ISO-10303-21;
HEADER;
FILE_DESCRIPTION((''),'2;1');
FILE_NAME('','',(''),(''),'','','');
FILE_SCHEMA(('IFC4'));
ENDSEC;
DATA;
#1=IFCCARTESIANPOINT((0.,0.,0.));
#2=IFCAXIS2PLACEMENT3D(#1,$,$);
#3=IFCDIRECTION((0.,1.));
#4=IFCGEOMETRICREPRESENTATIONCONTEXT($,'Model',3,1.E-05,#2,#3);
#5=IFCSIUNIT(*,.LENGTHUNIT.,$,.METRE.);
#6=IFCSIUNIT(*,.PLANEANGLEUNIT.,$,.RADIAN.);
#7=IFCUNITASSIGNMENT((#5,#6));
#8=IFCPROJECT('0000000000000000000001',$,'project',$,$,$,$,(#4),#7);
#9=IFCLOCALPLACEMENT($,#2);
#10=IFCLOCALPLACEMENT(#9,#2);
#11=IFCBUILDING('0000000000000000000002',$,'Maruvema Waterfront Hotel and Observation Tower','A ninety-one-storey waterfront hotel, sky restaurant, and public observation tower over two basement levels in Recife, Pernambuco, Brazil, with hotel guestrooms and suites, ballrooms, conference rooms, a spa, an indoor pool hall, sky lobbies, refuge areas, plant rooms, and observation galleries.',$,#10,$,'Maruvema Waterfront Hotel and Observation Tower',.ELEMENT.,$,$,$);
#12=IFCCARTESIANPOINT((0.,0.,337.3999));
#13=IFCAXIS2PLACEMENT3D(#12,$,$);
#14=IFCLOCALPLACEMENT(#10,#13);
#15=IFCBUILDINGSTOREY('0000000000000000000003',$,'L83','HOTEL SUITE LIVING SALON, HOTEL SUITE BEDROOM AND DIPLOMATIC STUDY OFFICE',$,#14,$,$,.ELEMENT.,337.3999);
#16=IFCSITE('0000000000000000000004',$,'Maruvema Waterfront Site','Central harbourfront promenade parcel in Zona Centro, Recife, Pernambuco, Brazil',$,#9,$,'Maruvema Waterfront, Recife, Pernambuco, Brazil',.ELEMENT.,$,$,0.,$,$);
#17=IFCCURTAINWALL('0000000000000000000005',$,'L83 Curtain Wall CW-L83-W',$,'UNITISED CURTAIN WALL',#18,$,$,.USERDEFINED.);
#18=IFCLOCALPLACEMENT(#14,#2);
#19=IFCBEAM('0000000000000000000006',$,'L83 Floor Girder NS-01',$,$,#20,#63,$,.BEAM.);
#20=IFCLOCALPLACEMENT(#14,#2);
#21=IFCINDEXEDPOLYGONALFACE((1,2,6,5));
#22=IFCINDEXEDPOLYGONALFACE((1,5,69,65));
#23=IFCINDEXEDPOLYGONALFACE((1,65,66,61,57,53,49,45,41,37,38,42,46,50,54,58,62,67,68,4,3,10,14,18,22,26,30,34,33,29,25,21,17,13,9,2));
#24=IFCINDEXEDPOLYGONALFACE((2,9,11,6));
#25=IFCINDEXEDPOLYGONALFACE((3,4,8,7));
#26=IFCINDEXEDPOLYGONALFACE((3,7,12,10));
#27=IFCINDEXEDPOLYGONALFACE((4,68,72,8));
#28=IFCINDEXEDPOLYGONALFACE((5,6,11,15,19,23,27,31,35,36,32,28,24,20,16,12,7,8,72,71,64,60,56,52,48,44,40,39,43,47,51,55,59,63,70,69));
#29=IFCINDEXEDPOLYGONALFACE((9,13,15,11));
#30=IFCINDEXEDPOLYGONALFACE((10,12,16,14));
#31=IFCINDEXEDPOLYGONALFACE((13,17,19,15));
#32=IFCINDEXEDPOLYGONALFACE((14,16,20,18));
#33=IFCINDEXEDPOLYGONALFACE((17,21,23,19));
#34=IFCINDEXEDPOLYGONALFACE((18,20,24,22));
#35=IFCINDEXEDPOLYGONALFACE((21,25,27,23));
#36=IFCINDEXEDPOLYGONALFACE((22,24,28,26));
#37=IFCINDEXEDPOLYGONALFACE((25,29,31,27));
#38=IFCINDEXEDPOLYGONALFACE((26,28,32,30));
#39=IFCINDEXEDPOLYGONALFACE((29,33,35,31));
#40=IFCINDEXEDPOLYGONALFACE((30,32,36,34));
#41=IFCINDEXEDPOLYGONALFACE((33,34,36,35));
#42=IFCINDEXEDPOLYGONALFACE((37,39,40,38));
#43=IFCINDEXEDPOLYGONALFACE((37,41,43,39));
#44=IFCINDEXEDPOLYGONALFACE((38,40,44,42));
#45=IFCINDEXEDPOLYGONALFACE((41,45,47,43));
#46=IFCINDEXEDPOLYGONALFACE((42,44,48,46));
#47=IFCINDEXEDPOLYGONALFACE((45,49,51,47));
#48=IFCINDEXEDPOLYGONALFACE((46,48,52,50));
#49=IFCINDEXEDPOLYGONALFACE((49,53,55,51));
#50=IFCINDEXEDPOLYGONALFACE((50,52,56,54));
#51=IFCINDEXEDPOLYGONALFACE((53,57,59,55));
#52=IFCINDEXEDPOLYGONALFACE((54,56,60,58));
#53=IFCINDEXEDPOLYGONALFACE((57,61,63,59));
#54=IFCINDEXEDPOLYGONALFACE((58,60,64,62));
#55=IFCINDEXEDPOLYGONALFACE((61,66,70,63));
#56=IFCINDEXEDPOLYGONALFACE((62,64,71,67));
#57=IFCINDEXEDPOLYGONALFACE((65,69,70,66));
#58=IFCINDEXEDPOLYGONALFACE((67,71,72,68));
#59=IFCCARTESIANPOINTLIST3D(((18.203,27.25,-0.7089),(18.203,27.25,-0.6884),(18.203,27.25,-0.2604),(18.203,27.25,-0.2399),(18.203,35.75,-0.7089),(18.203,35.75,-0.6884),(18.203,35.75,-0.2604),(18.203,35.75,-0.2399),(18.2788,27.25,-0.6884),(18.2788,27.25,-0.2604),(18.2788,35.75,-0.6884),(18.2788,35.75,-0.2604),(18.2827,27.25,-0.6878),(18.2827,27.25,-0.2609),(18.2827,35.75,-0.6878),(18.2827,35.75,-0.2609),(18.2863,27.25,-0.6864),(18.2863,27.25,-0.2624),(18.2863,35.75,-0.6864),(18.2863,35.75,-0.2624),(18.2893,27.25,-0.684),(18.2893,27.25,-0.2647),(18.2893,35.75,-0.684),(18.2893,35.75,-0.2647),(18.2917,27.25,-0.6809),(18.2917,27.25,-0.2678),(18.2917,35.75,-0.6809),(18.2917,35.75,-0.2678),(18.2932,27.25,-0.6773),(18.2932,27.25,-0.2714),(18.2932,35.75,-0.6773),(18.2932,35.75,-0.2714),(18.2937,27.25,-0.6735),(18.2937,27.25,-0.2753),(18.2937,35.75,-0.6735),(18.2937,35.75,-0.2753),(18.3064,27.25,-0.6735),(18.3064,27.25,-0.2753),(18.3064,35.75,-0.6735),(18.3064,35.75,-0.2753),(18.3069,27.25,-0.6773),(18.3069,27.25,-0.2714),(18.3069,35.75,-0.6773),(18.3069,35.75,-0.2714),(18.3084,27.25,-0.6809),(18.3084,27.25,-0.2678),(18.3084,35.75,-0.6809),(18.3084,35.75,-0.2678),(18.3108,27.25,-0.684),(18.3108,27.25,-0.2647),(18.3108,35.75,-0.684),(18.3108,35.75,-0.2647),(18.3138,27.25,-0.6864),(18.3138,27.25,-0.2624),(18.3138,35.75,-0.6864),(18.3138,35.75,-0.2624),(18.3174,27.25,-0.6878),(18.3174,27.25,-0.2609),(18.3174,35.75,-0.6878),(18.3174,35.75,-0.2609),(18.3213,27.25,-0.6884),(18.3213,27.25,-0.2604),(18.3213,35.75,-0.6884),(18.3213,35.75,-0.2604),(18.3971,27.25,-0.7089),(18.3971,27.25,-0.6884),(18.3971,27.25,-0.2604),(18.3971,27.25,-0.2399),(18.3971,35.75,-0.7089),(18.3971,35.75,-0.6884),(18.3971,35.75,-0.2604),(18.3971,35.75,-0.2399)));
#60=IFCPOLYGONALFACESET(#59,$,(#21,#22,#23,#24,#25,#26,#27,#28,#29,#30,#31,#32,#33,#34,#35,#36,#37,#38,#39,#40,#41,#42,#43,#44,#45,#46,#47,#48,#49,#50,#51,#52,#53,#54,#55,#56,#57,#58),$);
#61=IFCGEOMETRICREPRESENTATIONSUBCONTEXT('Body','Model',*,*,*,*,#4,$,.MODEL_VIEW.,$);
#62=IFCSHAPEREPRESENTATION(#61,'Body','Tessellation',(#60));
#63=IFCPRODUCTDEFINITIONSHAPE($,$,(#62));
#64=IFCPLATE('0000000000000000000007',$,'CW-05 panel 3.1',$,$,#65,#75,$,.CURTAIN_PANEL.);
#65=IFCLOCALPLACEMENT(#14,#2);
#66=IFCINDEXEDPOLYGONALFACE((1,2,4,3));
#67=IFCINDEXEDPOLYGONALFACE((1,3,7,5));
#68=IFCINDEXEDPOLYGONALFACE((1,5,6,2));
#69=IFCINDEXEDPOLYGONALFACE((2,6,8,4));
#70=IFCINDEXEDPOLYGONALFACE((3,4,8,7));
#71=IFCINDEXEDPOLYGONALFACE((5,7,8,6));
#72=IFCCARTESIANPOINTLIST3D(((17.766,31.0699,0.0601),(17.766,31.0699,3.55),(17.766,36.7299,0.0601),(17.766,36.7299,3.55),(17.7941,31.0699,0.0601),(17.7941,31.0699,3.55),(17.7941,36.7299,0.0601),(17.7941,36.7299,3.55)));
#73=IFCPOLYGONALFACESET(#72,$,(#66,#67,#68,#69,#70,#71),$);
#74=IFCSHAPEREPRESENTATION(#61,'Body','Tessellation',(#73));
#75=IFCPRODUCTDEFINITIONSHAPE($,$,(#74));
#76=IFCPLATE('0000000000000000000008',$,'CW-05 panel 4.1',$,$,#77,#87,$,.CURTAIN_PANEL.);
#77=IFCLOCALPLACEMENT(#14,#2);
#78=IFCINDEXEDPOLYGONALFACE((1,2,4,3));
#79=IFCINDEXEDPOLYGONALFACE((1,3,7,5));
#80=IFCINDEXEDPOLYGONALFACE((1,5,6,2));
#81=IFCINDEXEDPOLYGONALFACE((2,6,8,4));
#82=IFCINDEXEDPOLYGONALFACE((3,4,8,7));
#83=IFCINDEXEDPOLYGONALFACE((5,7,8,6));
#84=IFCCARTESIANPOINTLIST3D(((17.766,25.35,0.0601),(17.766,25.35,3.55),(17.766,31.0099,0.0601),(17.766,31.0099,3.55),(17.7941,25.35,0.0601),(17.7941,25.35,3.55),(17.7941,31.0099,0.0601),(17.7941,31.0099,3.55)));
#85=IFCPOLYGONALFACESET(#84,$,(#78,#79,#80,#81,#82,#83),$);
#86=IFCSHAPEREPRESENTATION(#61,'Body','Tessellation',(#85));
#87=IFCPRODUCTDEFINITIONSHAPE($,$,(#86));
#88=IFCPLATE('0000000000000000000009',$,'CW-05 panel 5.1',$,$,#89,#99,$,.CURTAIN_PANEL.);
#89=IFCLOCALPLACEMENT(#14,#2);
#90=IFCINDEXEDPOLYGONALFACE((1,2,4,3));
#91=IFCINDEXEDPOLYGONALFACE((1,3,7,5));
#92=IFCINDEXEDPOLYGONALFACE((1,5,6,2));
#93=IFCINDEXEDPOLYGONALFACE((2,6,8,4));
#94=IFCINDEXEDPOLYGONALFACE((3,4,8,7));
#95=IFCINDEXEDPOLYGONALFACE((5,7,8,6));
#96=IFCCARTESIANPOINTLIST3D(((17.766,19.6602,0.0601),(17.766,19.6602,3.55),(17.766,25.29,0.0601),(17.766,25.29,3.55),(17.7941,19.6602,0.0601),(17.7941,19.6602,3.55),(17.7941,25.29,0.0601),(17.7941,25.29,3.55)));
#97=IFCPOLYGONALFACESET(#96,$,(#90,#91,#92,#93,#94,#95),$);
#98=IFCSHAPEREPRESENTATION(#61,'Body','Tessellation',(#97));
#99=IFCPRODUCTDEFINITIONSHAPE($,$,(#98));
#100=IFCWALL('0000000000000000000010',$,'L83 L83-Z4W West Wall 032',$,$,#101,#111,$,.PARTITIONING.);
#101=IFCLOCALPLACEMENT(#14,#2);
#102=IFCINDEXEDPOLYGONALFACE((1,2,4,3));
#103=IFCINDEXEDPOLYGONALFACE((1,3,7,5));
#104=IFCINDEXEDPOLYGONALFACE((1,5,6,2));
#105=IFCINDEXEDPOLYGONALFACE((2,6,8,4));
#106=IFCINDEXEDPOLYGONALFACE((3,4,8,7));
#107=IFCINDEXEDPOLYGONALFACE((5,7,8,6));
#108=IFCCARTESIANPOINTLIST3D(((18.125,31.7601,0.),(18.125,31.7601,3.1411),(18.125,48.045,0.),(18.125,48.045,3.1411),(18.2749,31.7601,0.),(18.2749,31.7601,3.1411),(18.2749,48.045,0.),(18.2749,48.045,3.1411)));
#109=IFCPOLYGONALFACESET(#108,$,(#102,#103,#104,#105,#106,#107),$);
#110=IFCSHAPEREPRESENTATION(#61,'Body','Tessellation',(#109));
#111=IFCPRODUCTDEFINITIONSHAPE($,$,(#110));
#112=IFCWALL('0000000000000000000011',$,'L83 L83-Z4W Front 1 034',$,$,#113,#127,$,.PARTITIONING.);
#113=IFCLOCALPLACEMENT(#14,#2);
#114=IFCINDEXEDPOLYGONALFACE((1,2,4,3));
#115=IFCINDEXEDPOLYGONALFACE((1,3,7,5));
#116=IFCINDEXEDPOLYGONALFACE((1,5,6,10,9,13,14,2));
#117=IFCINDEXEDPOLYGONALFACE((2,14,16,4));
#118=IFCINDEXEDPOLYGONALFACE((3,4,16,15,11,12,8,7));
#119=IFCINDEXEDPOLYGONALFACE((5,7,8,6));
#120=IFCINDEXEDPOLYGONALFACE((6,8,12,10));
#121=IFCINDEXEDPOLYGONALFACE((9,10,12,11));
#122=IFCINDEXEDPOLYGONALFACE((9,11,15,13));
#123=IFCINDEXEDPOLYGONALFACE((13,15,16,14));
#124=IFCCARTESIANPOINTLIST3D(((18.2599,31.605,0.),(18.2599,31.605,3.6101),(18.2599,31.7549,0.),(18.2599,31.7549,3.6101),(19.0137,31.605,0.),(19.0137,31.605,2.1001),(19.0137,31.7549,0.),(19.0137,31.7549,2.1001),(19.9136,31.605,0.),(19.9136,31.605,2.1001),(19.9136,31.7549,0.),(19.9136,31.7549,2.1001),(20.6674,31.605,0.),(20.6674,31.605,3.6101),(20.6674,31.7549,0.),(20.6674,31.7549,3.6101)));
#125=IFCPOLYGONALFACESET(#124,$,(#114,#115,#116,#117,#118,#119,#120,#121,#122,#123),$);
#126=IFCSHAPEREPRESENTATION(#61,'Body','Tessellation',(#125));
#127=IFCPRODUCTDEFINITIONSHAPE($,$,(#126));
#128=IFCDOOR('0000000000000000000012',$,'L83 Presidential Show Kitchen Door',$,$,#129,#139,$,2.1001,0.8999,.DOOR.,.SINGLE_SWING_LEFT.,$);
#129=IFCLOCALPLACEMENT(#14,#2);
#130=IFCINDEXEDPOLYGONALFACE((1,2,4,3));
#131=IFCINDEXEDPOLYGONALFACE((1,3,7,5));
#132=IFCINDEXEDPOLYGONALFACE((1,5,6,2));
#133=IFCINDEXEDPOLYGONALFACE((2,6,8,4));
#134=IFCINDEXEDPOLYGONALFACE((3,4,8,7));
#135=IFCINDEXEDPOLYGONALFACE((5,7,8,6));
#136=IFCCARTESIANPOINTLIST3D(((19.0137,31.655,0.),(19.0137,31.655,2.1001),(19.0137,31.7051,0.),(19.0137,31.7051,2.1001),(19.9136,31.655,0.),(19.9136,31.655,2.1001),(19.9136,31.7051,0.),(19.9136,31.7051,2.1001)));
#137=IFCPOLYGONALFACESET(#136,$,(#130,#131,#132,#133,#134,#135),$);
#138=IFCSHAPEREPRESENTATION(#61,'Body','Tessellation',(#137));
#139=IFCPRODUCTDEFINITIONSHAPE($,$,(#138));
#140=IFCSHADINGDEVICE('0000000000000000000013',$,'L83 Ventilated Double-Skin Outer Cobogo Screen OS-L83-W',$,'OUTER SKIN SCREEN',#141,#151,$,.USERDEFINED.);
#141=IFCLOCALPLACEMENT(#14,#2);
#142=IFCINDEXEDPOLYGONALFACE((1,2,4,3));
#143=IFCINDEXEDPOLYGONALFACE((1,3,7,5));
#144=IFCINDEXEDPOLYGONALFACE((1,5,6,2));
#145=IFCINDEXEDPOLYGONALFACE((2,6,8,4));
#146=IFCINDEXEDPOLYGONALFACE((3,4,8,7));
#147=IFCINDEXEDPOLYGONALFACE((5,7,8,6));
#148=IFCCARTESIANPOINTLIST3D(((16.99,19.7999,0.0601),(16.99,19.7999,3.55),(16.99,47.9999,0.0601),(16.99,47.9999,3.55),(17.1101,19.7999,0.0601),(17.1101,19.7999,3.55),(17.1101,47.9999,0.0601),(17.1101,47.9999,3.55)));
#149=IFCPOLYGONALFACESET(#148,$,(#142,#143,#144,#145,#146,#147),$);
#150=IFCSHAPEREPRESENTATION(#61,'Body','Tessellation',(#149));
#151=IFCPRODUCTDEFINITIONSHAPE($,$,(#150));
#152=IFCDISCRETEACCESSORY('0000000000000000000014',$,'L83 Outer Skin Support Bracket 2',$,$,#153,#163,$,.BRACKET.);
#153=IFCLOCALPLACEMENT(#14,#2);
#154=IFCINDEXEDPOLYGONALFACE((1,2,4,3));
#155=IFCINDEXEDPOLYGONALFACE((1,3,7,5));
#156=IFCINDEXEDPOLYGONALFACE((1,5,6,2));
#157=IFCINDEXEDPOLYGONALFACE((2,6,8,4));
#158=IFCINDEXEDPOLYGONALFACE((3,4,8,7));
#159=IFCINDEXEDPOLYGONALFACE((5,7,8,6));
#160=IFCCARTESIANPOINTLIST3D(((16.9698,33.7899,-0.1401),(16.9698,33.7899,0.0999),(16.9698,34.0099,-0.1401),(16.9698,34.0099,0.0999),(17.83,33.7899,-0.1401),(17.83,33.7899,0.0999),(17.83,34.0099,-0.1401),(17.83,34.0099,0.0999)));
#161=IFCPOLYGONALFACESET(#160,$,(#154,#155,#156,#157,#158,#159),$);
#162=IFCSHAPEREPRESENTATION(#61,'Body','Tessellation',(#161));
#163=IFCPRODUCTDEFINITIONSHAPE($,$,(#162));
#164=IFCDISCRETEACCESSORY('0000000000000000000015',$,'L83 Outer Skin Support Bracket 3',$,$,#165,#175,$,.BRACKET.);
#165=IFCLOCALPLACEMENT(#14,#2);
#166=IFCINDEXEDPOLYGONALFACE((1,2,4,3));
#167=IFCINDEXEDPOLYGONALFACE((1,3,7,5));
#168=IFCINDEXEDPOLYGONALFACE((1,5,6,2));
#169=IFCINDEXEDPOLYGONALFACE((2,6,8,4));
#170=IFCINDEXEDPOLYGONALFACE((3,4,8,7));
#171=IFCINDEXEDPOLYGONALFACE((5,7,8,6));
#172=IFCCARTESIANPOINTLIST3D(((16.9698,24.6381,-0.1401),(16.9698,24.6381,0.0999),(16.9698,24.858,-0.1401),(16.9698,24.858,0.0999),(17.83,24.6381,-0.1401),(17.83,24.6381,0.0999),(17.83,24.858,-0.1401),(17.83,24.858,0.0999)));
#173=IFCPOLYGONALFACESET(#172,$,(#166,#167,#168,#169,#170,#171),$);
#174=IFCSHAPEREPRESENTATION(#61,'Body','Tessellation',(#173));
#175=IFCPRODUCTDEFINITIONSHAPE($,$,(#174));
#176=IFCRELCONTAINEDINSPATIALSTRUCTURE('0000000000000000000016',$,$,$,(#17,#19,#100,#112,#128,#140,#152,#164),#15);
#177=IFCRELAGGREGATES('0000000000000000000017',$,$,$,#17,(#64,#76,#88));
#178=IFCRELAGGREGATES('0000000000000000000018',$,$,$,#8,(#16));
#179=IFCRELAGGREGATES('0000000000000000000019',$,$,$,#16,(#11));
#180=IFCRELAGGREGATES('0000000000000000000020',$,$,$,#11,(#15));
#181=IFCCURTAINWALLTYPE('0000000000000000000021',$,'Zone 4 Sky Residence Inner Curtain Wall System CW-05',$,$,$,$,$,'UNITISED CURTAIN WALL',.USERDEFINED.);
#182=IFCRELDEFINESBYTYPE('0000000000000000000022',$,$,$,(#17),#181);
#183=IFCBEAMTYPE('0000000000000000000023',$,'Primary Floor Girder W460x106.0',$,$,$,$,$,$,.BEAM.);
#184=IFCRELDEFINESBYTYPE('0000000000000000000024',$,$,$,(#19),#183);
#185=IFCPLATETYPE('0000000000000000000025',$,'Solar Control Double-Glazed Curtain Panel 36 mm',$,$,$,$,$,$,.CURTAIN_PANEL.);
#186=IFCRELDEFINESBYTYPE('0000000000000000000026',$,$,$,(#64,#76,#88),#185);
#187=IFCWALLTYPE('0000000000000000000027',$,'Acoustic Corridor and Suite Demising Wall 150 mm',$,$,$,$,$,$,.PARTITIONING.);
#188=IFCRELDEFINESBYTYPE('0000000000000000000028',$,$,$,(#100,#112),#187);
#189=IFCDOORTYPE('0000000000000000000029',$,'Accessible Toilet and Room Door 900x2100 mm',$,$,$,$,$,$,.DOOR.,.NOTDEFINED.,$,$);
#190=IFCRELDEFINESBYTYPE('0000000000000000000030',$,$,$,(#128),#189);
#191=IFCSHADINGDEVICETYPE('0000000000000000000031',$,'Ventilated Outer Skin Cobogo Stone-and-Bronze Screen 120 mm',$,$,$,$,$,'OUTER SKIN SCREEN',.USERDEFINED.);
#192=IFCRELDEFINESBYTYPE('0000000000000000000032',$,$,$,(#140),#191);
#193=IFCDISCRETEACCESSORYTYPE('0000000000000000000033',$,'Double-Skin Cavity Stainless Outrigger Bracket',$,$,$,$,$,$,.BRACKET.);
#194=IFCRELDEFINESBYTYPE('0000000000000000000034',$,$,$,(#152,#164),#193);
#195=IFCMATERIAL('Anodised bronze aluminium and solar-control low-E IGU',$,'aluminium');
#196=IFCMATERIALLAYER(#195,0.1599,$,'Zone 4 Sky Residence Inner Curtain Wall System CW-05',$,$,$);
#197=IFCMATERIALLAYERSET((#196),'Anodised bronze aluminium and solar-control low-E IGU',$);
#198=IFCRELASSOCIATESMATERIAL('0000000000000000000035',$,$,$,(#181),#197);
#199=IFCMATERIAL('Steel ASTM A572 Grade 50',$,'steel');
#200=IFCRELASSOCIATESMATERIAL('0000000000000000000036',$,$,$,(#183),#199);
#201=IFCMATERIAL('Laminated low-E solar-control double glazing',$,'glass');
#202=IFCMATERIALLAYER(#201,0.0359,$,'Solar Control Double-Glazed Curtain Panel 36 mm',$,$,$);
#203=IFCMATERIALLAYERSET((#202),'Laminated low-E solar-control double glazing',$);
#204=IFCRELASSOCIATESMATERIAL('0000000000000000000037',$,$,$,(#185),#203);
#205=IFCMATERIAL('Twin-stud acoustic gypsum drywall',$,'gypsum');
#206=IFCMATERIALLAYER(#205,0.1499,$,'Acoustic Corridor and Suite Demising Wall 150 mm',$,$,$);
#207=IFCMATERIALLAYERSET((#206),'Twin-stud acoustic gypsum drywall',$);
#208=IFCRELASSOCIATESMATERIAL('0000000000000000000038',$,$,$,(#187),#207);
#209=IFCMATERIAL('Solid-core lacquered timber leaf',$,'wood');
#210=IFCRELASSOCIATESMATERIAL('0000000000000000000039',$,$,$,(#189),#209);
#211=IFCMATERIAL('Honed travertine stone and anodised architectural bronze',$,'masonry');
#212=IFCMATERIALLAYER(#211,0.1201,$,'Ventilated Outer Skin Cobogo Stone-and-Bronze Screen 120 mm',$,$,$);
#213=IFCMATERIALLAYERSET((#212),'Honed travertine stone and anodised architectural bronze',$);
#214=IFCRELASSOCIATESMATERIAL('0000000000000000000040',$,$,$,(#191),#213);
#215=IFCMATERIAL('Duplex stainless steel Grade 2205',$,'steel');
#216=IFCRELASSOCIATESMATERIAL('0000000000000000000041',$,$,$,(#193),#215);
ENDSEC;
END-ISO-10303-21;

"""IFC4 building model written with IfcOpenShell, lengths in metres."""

from ifc_helpers import new_model, si_unit, direction, frame, frame_2d, origin, origin_2d, place, context, subcontext, project, spatial, rectangle, i_section, extrude, material, layer, layer_set, material_profile, profile_set, type_object, element, fill, aggregate, save


model = new_model("IFC4")

# Units and contexts
model_context = context("Model", 3, precision=1e-05, world=origin(), true_north=direction((0.0, 1.0)))
body_context = subcontext(model_context, "Body", "Model", "MODEL_VIEW")
ifc_project = project(units=[si_unit("LENGTHUNIT", "METRE"), si_unit("PLANEANGLEUNIT", "RADIAN")], contexts=[model_context])

# Site, building, storey
site_placement = place(None, origin())
site = spatial("IfcSite", under=ifc_project, at=site_placement, Name="Maruvema Waterfront Site", Description="Central harbourfront promenade parcel in Zona Centro, Recife, Pernambuco, Brazil", LongName="Maruvema Waterfront, Recife, Pernambuco, Brazil", CompositionType="ELEMENT", RefElevation=0.0)
building_placement = place(site_placement, origin())
building = spatial("IfcBuilding", under=site, at=building_placement, Name="Maruvema Waterfront Hotel and Observation Tower", Description="A ninety-one-storey waterfront hotel, sky restaurant, and public observation tower over two basement levels in Recife, Pernambuco, Brazil, with hotel guestrooms and suites, ballrooms, conference rooms, a spa, an indoor pool hall, sky lobbies, refuge areas, plant rooms, and observation galleries.", LongName="Maruvema Waterfront Hotel and Observation Tower", CompositionType="ELEMENT")
storey_placement = place(building_placement, frame((0.0, 0.0, 337.3999)))
storey = spatial("IfcBuildingStorey", under=building, at=storey_placement, Name="L83", Description="HOTEL SUITE LIVING SALON, HOTEL SUITE BEDROOM AND DIPLOMATIC STUDY OFFICE", CompositionType="ELEMENT", Elevation=337.3999)

# Curtain wall
ifc_material_1 = material(Name="Anodised bronze aluminium and solar-control low-E IGU", Category="aluminium")
ifc_layer_1 = layer(ifc_material_1, 0.1599, Name="Zone 4 Sky Residence Inner Curtain Wall System CW-05")
ifc_layer_set_1 = layer_set([ifc_layer_1], Name="Anodised bronze aluminium and solar-control low-E IGU")
curtain_wall_type = type_object("IfcCurtainWallType", Name="Zone 4 Sky Residence Inner Curtain Wall System CW-05", ElementType="UNITISED CURTAIN WALL", PredefinedType="USERDEFINED", material=ifc_layer_set_1)
curtain_wall_placement = place(storey_placement, origin())
curtain_wall = element("IfcCurtainWall", 1, at=curtain_wall_placement, inside=storey, type_object=curtain_wall_type, Name="L83 Curtain Wall CW-L83-W", ObjectType="UNITISED CURTAIN WALL", PredefinedType="USERDEFINED")

# Beam
ifc_material_2 = material(Name="Steel ASTM A572 Grade 50", Category="steel")
ifc_material_profile_1 = material_profile(ifc_material_2, i_section(OverallWidth=0.1941, OverallDepth=0.469, WebThickness=0.0127, FlangeThickness=0.0205, FilletRadius=0.0149, at=origin_2d()), Name="W460x106.0")
ifc_profile_set_1 = profile_set([ifc_material_profile_1], Name="Steel ASTM A572 Grade 50")
beam_type = type_object("IfcBeamType", Name="Primary Floor Girder W460x106.0", PredefinedType="BEAM", material=ifc_profile_set_1)
beam_placement = place(storey_placement, frame((18.3, 27.25, -0.4744), z_axis=(0.0, 1.0, 0.0), x_axis=(-1.0, 0.0, 0.0)))
element("IfcBeam", 2, at=beam_placement, inside=storey, type_object=beam_type, Name="L83 Floor Girder NS-01", PredefinedType="BEAM", context=body_context, shape_type="SweptSolid", body=[
    extrude(i_section(OverallWidth=0.1941, OverallDepth=0.469, WebThickness=0.0127, FlangeThickness=0.0205, FilletRadius=0.0149, at=origin_2d()), origin(), (0.0, 0.0, 1.0), 8.5),
])

# Plates
ifc_material_3 = material(Name="Laminated low-E solar-control double glazing", Category="glass")
ifc_layer_2 = layer(ifc_material_3, 0.0359, Name="Solar Control Double-Glazed Curtain Panel 36 mm")
ifc_layer_set_2 = layer_set([ifc_layer_2], Name="Laminated low-E solar-control double glazing")
plate_type = type_object("IfcPlateType", Name="Solar Control Double-Glazed Curtain Panel 36 mm", PredefinedType="CURTAIN_PANEL", material=ifc_layer_set_2)
plate_1_placement = place(storey_placement, frame((17.78, 33.8999, 0.0601), z_axis=(0.0, 0.0, 1.0), x_axis=(0.0, -1.0, 0.0)))
plate_1 = element("IfcPlate", 3, at=plate_1_placement, type_object=plate_type, Name="CW-05 panel 3.1", PredefinedType="CURTAIN_PANEL", context=body_context, shape_type="SweptSolid", body=[
    extrude(rectangle(XDim=5.6599, YDim=0.0281, at=origin_2d()), origin(), (0.0, 0.0, 1.0), 3.49),
])
plate_2_placement = place(storey_placement, frame((17.78, 28.1799, 0.0601), z_axis=(0.0, 0.0, 1.0), x_axis=(0.0, -1.0, 0.0)))
plate_2 = element("IfcPlate", 4, at=plate_2_placement, type_object=plate_type, Name="CW-05 panel 4.1", PredefinedType="CURTAIN_PANEL", context=body_context, shape_type="SweptSolid", body=[
    extrude(rectangle(XDim=5.6599, YDim=0.0281, at=origin_2d()), origin(), (0.0, 0.0, 1.0), 3.49),
])
plate_3_placement = place(storey_placement, frame((17.78, 22.4751, 0.0601), z_axis=(0.0, 0.0, 1.0), x_axis=(0.0, -1.0, 0.0)))
plate_3 = element("IfcPlate", 5, at=plate_3_placement, type_object=plate_type, Name="CW-05 panel 5.1", PredefinedType="CURTAIN_PANEL", context=body_context, shape_type="SweptSolid", body=[
    extrude(rectangle(XDim=5.6299, YDim=0.0281, at=origin_2d()), origin(), (0.0, 0.0, 1.0), 3.49),
])
aggregate(curtain_wall, [plate_1, plate_2, plate_3])

# Wall
ifc_material_4 = material(Name="Twin-stud acoustic gypsum drywall", Category="gypsum")
ifc_layer_3 = layer(ifc_material_4, 0.1499, Name="Acoustic Corridor and Suite Demising Wall 150 mm")
ifc_layer_set_3 = layer_set([ifc_layer_3], Name="Twin-stud acoustic gypsum drywall")
wall_type = type_object("IfcWallType", Name="Acoustic Corridor and Suite Demising Wall 150 mm", PredefinedType="PARTITIONING", material=ifc_layer_set_3)
wall_1_placement = place(storey_placement, frame((18.2, 31.76, 0.0), z_axis=(0.0, 0.0, 1.0), x_axis=(0.0, 1.0, 0.0)))
element("IfcWall", 6, at=wall_1_placement, inside=storey, type_object=wall_type, Name="L83 L83-Z4W West Wall 032", PredefinedType="PARTITIONING", context=body_context, shape_type="SweptSolid", body=[
    extrude(rectangle(XDim=16.2849, YDim=0.1499, at=frame_2d((8.1426, 0.0))), origin(), (0.0, 0.0, 1.0), 3.1411),
])

# Wall, opening, door
wall_2_placement = place(storey_placement, frame((18.26, 31.6799, 0.0), z_axis=(0.0, 0.0, 1.0), x_axis=(1.0, 0.0, 0.0)))
wall_2 = element("IfcWall", 7, at=wall_2_placement, inside=storey, type_object=wall_type, Name="L83 L83-Z4W Front 1 034", PredefinedType="PARTITIONING", context=body_context, shape_type="SweptSolid", body=[
    extrude(rectangle(XDim=2.4075, YDim=0.1499, at=frame_2d((1.2036, 0.0))), origin(), (0.0, 0.0, 1.0), 3.6101),
])
opening_1_placement = place(wall_2_placement, frame((0.7537, 0.0, 0.0)))
opening_1 = element("IfcOpeningElement", 8, at=opening_1_placement, cuts=wall_2, PredefinedType="OPENING", context=body_context, shape_type="SweptSolid", body=[
    extrude(rectangle(XDim=0.8999, YDim=2.1001, at=frame_2d((0.45, 1.05))), frame((0.0, 0.085, 0.0), z_axis=(0.0, -1.0, 0.0), x_axis=(1.0, 0.0, 0.0)), (0.0, 0.0, 1.0), 0.1699),
])
ifc_material_5 = material(Name="Solid-core lacquered timber leaf", Category="wood")
door_type_1 = type_object("IfcDoorType", Name="Accessible Toilet and Room Door 900x2100 mm", OperationType="NOTDEFINED", PredefinedType="DOOR", material=ifc_material_5)
door_1_placement = place(opening_1_placement, frame((0.8999, 0.0, 0.0), z_axis=(0.0, 0.0, 1.0), x_axis=(-1.0, 0.0, 0.0)))
door_1 = element("IfcDoor", 9, at=door_1_placement, inside=storey, type_object=door_type_1, Name="L83 Presidential Show Kitchen Door", OperationType="SINGLE_SWING_LEFT", OverallHeight=2.1001, OverallWidth=0.8999, PredefinedType="DOOR", context=body_context, shape_type="SweptSolid", body=[
    extrude(rectangle(XDim=0.8999, YDim=2.1001, at=frame_2d((0.45, 1.05))), frame((0.0, 0.0249, 0.0), z_axis=(0.0, -1.0, 0.0), x_axis=(1.0, 0.0, 0.0)), (0.0, 0.0, 1.0), 0.05),
])
fill(opening_1, door_1)

# Shading device
ifc_material_6 = material(Name="Honed travertine stone and anodised architectural bronze", Category="masonry")
ifc_layer_4 = layer(ifc_material_6, 0.1201, Name="Ventilated Outer Skin Cobogo Stone-and-Bronze Screen 120 mm")
ifc_layer_set_4 = layer_set([ifc_layer_4], Name="Honed travertine stone and anodised architectural bronze")
shading_device_type = type_object("IfcShadingDeviceType", Name="Ventilated Outer Skin Cobogo Stone-and-Bronze Screen 120 mm", ElementType="OUTER SKIN SCREEN", PredefinedType="USERDEFINED", material=ifc_layer_set_4)
shading_device_placement = place(storey_placement, frame((17.05, 33.8999, 0.0601), z_axis=(0.0, 0.0, 1.0), x_axis=(0.0, -1.0, 0.0)))
element("IfcShadingDevice", 10, at=shading_device_placement, inside=storey, type_object=shading_device_type, Name="L83 Ventilated Double-Skin Outer Cobogo Screen OS-L83-W", ObjectType="OUTER SKIN SCREEN", PredefinedType="USERDEFINED", context=body_context, shape_type="SweptSolid", body=[
    extrude(rectangle(XDim=28.2, YDim=0.1201, at=origin_2d()), origin(), (0.0, 0.0, 1.0), 3.49),
])

# Discrete accessories
ifc_material_7 = material(Name="Duplex stainless steel Grade 2205", Category="steel")
discrete_accessory_type = type_object("IfcDiscreteAccessoryType", Name="Double-Skin Cavity Stainless Outrigger Bracket", PredefinedType="BRACKET", material=ifc_material_7)
for number, where, z_axis, x_axis, name in (
    (11, (17.3999, 33.8999, -0.1401), (0.0, 0.0, 1.0), (0.0, -1.0, 0.0), "L83 Outer Skin Support Bracket 2"),
    (12, (17.3999, 24.748, -0.1401), (0.0, 0.0, 1.0), (0.0, -1.0, 0.0), "L83 Outer Skin Support Bracket 3"),
):
    element("IfcDiscreteAccessory", number, at=place(storey_placement, frame(where, z_axis=z_axis, x_axis=x_axis)), inside=storey, type_object=discrete_accessory_type, Name=name, PredefinedType="BRACKET", context=body_context, shape_type="SweptSolid", body=[
        extrude(rectangle(XDim=0.22, YDim=0.8601, at=origin_2d()), origin(), (0.0, 0.0, 1.0), 0.24),
    ])

save(model, "model.ifc")
